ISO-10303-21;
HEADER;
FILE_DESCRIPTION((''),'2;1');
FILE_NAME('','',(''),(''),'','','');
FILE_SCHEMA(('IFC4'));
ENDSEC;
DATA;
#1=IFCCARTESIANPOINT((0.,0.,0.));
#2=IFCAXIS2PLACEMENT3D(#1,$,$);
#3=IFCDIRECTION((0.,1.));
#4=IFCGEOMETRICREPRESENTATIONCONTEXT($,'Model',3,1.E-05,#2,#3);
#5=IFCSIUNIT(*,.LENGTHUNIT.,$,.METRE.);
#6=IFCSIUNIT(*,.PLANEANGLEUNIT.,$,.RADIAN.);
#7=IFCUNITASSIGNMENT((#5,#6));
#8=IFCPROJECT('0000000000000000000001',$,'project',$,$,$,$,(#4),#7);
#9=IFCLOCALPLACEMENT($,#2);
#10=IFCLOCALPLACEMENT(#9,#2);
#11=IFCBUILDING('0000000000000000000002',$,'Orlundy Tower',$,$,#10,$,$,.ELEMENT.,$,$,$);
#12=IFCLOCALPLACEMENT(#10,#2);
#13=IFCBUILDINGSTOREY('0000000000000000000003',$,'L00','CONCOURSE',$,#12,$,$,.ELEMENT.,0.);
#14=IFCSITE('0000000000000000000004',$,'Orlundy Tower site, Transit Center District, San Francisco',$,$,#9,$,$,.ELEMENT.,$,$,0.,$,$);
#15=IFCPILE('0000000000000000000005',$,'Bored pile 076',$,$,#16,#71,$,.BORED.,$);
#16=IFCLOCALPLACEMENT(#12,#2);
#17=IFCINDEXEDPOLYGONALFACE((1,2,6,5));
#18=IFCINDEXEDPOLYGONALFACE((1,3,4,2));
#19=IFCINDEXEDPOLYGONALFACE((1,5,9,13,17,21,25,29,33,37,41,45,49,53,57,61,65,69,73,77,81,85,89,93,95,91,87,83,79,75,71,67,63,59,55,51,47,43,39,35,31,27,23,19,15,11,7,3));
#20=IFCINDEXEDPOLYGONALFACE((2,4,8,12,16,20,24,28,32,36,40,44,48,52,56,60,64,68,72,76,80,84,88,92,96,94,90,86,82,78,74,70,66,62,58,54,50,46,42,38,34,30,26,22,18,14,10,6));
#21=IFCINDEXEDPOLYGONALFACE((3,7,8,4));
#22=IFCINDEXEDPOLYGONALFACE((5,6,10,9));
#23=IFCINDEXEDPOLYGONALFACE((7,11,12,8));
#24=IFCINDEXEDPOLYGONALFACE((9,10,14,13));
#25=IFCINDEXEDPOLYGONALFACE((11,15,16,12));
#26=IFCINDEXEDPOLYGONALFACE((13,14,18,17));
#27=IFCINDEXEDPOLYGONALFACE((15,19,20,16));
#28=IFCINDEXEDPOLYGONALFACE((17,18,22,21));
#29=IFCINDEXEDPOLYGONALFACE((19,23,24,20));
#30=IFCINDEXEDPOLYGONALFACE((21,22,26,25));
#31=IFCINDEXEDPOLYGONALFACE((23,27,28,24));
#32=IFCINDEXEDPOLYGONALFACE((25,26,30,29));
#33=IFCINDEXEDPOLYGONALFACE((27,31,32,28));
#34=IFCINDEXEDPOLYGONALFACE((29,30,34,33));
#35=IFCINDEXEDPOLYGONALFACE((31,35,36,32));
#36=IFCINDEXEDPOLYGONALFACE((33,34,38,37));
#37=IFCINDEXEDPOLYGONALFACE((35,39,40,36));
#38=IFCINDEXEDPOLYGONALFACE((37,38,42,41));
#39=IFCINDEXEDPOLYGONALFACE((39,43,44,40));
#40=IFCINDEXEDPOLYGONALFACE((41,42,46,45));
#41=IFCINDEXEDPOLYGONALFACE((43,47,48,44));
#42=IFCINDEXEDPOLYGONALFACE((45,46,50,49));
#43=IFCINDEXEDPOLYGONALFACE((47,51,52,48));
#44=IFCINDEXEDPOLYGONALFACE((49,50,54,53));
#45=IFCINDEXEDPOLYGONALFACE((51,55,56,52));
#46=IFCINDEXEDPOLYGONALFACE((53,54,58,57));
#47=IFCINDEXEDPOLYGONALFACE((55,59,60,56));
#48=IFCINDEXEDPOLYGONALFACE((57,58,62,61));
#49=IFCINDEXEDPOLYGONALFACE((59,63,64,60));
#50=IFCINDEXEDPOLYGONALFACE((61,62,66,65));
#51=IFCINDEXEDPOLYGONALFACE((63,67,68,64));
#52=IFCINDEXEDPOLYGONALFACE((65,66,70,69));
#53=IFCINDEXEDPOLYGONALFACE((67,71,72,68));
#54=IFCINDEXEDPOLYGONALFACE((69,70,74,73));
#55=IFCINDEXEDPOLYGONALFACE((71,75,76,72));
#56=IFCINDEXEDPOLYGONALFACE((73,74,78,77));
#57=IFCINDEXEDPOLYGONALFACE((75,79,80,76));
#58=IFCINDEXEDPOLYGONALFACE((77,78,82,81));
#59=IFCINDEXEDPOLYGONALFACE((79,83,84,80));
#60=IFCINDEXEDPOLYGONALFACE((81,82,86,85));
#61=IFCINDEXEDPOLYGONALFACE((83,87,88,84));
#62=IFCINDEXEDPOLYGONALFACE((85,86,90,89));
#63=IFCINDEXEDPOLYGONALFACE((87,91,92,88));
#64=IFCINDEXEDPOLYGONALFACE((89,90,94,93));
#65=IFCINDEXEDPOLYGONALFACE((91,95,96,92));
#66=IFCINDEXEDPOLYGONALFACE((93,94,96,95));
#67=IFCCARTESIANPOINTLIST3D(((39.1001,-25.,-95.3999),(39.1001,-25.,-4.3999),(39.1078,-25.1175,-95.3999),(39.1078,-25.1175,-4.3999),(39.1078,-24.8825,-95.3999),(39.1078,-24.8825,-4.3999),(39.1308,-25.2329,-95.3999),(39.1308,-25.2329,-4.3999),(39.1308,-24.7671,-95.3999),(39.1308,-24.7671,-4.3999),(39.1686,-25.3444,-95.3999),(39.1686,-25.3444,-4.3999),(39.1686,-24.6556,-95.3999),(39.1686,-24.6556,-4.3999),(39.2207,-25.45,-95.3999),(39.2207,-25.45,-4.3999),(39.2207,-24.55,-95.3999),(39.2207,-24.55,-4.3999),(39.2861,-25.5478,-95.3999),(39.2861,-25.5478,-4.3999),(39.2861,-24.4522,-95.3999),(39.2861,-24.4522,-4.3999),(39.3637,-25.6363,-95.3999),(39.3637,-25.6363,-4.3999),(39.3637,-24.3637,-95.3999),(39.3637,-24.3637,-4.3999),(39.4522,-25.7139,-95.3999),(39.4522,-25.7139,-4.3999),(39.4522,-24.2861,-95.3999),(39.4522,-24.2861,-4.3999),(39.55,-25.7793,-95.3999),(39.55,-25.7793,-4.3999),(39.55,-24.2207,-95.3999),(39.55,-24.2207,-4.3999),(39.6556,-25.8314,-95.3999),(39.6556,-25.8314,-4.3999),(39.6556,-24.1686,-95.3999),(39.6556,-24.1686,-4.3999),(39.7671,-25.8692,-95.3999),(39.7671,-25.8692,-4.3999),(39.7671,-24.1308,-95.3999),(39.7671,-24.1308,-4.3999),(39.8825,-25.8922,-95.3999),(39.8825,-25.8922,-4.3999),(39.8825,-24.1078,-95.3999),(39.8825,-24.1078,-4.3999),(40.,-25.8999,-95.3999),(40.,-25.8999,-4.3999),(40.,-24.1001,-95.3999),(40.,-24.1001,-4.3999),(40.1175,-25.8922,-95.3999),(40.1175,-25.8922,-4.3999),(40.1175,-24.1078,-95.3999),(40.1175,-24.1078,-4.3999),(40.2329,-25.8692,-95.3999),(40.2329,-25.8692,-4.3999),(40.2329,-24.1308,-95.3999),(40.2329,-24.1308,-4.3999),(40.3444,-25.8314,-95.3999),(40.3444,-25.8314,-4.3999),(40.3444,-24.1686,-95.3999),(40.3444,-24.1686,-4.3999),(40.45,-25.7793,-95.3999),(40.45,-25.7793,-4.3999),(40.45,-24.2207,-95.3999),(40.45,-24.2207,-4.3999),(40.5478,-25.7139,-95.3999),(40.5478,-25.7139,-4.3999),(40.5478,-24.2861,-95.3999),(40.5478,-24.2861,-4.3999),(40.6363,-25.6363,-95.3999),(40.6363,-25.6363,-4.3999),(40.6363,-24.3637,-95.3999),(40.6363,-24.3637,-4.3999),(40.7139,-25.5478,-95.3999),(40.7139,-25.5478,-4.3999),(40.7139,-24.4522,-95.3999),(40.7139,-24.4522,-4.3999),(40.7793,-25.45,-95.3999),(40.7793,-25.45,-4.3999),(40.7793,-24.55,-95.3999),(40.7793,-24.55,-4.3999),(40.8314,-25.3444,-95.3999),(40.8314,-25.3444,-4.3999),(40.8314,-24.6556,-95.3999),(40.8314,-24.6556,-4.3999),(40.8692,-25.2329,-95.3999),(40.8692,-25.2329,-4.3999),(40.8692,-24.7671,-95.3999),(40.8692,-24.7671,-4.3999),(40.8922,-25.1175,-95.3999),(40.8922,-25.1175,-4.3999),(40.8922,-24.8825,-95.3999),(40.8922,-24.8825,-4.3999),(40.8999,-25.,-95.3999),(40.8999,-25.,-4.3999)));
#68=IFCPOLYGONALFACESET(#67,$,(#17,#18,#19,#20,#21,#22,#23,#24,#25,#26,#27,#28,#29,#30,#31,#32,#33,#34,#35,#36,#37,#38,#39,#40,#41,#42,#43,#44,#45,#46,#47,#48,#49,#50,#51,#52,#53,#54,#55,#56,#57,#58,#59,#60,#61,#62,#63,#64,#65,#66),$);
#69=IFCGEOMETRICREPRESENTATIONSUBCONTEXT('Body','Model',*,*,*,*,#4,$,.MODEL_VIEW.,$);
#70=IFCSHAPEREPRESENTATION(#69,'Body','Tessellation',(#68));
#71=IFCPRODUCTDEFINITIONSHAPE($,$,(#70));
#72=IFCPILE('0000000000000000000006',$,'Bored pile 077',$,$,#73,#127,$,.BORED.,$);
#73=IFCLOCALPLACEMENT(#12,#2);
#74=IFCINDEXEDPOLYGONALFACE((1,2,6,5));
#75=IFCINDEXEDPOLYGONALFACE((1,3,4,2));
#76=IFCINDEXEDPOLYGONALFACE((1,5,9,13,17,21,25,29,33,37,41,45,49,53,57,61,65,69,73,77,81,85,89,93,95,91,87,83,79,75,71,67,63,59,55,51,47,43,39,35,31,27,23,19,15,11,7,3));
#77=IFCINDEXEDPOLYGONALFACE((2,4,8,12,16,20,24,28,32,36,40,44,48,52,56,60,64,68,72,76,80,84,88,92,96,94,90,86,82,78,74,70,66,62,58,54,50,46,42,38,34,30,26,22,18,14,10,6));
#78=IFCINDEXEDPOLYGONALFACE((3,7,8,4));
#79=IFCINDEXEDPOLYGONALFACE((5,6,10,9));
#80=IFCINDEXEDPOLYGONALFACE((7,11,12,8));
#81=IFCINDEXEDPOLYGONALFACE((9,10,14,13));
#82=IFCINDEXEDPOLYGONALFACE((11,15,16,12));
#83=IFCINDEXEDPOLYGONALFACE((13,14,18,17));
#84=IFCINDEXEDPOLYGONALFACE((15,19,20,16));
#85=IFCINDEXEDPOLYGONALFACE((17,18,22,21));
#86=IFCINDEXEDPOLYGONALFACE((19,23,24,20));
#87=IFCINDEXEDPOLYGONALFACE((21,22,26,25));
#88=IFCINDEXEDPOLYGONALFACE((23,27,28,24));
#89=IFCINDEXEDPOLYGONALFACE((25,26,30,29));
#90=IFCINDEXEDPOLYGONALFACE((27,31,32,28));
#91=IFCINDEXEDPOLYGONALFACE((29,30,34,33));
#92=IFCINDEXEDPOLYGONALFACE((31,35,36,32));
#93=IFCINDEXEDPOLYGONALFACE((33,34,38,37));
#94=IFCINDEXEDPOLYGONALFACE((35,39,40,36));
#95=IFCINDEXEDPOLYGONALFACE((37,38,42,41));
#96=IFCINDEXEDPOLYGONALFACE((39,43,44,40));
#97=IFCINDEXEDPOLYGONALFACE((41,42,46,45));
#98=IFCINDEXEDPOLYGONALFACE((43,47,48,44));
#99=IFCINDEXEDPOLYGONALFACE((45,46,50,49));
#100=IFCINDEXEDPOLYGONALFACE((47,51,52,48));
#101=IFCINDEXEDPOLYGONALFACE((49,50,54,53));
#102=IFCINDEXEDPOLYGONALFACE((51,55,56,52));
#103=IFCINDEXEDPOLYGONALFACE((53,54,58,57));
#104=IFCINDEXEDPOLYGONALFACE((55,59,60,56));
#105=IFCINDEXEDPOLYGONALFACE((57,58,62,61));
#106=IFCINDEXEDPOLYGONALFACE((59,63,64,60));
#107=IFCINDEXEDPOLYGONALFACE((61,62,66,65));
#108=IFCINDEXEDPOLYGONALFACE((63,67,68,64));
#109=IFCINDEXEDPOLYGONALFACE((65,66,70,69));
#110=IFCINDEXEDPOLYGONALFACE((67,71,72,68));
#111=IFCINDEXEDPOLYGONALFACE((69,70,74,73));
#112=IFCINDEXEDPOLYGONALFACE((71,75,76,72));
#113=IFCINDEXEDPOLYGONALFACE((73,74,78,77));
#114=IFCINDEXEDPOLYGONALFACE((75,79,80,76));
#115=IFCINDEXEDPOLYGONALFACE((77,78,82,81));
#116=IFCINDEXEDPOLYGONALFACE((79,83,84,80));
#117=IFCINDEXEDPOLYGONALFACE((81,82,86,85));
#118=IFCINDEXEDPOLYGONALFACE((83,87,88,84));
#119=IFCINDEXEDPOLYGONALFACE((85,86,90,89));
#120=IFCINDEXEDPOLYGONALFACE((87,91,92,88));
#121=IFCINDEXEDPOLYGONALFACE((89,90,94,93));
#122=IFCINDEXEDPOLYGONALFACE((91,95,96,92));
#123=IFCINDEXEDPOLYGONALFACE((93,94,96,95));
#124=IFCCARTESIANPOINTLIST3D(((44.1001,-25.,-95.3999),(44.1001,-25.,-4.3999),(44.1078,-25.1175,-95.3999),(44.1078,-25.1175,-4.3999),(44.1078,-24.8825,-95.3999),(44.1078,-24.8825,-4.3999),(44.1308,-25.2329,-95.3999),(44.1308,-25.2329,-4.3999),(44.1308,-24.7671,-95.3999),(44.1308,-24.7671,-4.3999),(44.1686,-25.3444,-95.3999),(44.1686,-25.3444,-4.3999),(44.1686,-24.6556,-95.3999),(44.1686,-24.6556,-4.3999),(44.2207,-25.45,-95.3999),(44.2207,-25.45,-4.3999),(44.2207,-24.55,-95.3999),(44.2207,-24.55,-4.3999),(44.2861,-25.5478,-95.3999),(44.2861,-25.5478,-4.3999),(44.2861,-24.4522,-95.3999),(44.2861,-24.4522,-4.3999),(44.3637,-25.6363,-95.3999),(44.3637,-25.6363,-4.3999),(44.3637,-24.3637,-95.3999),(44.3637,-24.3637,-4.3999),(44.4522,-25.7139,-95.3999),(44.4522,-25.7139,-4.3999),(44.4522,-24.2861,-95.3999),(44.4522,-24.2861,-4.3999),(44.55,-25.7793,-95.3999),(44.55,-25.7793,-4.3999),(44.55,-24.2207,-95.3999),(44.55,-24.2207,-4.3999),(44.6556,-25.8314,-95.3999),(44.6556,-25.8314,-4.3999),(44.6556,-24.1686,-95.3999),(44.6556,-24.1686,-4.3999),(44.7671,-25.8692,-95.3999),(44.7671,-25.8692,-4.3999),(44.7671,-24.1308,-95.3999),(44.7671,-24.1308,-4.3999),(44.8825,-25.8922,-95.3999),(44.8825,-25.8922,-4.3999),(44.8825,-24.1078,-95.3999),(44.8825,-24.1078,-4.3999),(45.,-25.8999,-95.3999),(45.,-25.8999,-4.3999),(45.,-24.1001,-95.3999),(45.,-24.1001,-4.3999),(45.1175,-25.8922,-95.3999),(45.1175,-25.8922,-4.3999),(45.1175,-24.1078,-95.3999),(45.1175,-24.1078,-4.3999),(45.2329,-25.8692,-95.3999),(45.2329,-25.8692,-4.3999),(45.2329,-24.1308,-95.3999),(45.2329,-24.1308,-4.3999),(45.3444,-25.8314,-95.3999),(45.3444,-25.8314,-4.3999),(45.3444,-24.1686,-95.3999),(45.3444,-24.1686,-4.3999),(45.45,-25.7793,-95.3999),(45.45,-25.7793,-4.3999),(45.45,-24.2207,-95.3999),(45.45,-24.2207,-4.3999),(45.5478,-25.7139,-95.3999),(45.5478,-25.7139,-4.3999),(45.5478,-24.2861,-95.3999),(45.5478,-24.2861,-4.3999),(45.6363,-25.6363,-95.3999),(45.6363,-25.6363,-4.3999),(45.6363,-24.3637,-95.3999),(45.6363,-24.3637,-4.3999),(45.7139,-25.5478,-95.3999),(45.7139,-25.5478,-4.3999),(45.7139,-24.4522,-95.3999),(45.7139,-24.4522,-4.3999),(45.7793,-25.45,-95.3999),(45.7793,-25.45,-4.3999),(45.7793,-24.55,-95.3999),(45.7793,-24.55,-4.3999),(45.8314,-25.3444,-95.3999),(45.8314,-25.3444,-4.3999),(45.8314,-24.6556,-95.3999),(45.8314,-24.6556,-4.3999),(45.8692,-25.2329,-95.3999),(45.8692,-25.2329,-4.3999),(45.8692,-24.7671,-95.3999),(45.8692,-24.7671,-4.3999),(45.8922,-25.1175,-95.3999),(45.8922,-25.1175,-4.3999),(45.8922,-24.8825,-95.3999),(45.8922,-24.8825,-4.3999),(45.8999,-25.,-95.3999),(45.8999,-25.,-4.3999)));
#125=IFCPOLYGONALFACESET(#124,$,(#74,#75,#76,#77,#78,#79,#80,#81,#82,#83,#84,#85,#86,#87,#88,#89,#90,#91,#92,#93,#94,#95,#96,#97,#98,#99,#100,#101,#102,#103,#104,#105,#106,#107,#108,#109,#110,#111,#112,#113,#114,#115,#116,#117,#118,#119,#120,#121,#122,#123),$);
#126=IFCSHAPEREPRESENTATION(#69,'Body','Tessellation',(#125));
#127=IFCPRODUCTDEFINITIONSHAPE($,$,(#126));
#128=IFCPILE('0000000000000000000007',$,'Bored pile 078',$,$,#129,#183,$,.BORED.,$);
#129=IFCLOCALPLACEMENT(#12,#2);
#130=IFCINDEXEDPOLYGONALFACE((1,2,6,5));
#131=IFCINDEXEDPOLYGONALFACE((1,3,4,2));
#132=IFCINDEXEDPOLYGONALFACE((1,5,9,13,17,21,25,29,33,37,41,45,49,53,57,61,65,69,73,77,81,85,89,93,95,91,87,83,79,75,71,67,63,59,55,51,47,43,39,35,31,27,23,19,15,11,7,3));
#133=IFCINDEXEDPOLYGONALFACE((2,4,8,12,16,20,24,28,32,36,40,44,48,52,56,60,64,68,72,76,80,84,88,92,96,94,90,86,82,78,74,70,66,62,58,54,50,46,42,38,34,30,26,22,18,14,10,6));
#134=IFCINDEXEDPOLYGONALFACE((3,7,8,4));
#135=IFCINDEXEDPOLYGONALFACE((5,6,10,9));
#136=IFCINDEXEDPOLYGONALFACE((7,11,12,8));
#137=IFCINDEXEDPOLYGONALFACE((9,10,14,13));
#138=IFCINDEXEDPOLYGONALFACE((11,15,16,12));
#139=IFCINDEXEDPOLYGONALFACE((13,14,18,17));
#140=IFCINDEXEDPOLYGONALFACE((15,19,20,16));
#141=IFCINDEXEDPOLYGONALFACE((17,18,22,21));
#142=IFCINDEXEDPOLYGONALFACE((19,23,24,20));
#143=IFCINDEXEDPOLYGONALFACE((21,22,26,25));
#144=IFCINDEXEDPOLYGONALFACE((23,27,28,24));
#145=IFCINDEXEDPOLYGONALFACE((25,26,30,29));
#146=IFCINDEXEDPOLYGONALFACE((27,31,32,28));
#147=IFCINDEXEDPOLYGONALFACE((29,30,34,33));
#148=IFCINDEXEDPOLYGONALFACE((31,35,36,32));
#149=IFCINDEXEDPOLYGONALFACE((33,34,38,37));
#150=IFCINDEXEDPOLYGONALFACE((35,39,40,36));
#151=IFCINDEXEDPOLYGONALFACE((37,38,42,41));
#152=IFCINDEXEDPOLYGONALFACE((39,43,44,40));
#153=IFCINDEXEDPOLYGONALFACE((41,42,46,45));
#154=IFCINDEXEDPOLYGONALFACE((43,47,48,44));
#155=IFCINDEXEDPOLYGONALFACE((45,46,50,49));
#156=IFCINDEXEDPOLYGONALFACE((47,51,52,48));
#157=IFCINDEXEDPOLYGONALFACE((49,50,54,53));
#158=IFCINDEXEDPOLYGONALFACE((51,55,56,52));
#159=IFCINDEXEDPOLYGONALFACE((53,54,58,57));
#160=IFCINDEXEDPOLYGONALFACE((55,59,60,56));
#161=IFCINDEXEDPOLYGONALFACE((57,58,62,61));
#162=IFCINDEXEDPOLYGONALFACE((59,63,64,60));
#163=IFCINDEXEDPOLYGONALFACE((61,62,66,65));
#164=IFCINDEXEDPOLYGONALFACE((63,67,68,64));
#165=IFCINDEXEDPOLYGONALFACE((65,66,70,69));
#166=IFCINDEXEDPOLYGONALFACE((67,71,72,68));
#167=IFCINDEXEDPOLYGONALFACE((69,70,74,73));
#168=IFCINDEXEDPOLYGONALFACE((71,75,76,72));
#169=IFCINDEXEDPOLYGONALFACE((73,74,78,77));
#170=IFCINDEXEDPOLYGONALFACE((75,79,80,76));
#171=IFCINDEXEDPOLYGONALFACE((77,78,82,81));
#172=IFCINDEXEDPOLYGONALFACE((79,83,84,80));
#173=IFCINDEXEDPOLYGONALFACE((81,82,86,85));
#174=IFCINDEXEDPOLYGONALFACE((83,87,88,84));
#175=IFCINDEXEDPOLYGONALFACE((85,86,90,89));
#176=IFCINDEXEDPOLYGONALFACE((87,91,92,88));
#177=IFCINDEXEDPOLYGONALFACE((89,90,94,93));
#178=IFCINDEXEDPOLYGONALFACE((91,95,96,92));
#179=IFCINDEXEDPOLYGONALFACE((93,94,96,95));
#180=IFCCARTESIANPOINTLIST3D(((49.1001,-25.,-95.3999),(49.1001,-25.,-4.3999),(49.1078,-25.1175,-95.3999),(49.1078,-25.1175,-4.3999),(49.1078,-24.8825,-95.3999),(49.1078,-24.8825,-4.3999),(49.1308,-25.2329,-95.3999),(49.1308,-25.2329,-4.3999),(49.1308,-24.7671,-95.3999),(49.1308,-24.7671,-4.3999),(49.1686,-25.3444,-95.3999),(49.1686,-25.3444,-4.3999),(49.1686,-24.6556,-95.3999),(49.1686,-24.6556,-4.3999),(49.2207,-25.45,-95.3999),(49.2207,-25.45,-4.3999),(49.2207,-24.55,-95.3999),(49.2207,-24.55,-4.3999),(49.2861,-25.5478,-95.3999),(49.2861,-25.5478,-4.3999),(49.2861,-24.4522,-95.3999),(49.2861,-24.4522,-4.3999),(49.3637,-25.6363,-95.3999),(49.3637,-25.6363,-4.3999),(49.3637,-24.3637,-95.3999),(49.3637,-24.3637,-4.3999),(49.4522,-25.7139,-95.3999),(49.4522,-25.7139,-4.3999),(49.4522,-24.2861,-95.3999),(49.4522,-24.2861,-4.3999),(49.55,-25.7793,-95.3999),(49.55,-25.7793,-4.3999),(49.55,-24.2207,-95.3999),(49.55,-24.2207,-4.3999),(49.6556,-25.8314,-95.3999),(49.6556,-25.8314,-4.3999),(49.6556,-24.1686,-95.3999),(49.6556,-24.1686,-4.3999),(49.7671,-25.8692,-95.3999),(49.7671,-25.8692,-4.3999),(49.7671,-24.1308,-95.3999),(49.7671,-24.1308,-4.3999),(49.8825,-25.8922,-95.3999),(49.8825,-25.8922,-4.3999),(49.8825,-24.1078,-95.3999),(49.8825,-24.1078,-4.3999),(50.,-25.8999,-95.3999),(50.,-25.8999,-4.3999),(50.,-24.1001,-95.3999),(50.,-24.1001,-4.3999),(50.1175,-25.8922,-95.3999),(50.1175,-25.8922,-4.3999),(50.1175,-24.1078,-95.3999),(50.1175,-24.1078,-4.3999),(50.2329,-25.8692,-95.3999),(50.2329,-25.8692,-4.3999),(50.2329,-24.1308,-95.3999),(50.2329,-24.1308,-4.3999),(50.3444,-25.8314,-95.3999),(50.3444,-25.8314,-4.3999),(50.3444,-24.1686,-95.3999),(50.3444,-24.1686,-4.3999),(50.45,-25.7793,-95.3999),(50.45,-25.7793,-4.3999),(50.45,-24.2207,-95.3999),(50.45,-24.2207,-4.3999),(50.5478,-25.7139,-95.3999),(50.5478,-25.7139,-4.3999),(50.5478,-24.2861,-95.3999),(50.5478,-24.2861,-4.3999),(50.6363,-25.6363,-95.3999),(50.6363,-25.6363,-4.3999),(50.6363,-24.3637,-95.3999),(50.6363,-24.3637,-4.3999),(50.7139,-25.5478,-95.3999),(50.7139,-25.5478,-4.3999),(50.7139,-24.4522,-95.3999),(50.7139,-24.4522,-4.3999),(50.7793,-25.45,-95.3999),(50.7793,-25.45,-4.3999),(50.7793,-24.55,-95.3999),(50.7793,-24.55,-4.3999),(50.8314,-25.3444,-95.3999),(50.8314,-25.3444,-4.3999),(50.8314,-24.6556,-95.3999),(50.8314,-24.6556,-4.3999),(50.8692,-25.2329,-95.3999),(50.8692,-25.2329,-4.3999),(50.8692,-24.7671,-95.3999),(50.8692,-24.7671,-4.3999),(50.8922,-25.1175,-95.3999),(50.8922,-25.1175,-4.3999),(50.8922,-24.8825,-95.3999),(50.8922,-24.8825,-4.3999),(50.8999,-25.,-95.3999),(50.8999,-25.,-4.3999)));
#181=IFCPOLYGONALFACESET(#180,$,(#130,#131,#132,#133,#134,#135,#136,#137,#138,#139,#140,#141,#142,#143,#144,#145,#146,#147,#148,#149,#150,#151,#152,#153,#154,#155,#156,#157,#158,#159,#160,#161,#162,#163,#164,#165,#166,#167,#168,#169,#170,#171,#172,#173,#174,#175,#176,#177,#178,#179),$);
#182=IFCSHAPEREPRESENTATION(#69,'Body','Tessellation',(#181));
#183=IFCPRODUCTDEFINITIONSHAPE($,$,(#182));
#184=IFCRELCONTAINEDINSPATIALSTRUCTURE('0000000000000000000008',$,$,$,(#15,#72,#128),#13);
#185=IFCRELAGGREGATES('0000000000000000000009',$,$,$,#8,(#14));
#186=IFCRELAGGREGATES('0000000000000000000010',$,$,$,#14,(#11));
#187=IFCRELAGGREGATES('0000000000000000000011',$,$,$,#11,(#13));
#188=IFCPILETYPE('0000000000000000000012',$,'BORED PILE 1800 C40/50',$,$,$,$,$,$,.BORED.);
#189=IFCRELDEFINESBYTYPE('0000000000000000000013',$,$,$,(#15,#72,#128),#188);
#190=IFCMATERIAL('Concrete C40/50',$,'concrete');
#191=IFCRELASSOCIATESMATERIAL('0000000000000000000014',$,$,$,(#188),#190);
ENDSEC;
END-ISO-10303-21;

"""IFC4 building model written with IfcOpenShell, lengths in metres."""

from ifc_helpers import new_model, si_unit, direction, frame, origin, origin_2d, place, context, subcontext, project, spatial, circle, extrude, material, material_profile, profile_set, type_object, element, save


model = new_model("IFC4")

# Units and contexts
model_context = context("Model", 3, precision=1e-05, world=origin(), true_north=direction((0.0, 1.0)))
body_context = subcontext(model_context, "Body", "Model", "MODEL_VIEW")
ifc_project = project(units=[si_unit("LENGTHUNIT", "METRE"), si_unit("PLANEANGLEUNIT", "RADIAN")], contexts=[model_context])

# Site, building, storey
site_placement = place(None, origin())
site = spatial("IfcSite", under=ifc_project, at=site_placement, Name="Orlundy Tower site, Transit Center District, San Francisco", CompositionType="ELEMENT", RefElevation=0.0)
building_placement = place(site_placement, origin())
building = spatial("IfcBuilding", under=site, at=building_placement, Name="Orlundy Tower", CompositionType="ELEMENT")
storey_placement = place(building_placement, origin())
storey = spatial("IfcBuildingStorey", under=building, at=storey_placement, Name="L00", Description="CONCOURSE", CompositionType="ELEMENT", Elevation=0.0)

# Piles
ifc_material_1 = material(Name="Concrete C40/50", Category="concrete")
ifc_material_profile_1 = material_profile(ifc_material_1, circle(Radius=0.8999, at=origin_2d()), Name="BP1800")
ifc_profile_set_1 = profile_set([ifc_material_profile_1], Name="Concrete C40/50")
pile_type = type_object("IfcPileType", Name="BORED PILE 1800 C40/50", PredefinedType="BORED", material=ifc_profile_set_1)
for number, where, z_axis, x_axis, name in (
    (1, (40.0, -25.0, -4.3999), (0.0, 0.0, -1.0), (1.0, 0.0, 0.0), "Bored pile 076"),
    (2, (45.0, -25.0, -4.3999), (0.0, 0.0, -1.0), (1.0, 0.0, 0.0), "Bored pile 077"),
    (3, (50.0, -25.0, -4.3999), (0.0, 0.0, -1.0), (1.0, 0.0, 0.0), "Bored pile 078"),
):
    element("IfcPile", number, at=place(storey_placement, frame(where, z_axis=z_axis, x_axis=x_axis)), inside=storey, type_object=pile_type, Name=name, PredefinedType="BORED", context=body_context, shape_type="SweptSolid", body=[
        extrude(circle(Radius=0.8999, at=origin_2d()), origin(), (0.0, 0.0, 1.0), 91.0),
    ])

save(model, "model.ifc")
